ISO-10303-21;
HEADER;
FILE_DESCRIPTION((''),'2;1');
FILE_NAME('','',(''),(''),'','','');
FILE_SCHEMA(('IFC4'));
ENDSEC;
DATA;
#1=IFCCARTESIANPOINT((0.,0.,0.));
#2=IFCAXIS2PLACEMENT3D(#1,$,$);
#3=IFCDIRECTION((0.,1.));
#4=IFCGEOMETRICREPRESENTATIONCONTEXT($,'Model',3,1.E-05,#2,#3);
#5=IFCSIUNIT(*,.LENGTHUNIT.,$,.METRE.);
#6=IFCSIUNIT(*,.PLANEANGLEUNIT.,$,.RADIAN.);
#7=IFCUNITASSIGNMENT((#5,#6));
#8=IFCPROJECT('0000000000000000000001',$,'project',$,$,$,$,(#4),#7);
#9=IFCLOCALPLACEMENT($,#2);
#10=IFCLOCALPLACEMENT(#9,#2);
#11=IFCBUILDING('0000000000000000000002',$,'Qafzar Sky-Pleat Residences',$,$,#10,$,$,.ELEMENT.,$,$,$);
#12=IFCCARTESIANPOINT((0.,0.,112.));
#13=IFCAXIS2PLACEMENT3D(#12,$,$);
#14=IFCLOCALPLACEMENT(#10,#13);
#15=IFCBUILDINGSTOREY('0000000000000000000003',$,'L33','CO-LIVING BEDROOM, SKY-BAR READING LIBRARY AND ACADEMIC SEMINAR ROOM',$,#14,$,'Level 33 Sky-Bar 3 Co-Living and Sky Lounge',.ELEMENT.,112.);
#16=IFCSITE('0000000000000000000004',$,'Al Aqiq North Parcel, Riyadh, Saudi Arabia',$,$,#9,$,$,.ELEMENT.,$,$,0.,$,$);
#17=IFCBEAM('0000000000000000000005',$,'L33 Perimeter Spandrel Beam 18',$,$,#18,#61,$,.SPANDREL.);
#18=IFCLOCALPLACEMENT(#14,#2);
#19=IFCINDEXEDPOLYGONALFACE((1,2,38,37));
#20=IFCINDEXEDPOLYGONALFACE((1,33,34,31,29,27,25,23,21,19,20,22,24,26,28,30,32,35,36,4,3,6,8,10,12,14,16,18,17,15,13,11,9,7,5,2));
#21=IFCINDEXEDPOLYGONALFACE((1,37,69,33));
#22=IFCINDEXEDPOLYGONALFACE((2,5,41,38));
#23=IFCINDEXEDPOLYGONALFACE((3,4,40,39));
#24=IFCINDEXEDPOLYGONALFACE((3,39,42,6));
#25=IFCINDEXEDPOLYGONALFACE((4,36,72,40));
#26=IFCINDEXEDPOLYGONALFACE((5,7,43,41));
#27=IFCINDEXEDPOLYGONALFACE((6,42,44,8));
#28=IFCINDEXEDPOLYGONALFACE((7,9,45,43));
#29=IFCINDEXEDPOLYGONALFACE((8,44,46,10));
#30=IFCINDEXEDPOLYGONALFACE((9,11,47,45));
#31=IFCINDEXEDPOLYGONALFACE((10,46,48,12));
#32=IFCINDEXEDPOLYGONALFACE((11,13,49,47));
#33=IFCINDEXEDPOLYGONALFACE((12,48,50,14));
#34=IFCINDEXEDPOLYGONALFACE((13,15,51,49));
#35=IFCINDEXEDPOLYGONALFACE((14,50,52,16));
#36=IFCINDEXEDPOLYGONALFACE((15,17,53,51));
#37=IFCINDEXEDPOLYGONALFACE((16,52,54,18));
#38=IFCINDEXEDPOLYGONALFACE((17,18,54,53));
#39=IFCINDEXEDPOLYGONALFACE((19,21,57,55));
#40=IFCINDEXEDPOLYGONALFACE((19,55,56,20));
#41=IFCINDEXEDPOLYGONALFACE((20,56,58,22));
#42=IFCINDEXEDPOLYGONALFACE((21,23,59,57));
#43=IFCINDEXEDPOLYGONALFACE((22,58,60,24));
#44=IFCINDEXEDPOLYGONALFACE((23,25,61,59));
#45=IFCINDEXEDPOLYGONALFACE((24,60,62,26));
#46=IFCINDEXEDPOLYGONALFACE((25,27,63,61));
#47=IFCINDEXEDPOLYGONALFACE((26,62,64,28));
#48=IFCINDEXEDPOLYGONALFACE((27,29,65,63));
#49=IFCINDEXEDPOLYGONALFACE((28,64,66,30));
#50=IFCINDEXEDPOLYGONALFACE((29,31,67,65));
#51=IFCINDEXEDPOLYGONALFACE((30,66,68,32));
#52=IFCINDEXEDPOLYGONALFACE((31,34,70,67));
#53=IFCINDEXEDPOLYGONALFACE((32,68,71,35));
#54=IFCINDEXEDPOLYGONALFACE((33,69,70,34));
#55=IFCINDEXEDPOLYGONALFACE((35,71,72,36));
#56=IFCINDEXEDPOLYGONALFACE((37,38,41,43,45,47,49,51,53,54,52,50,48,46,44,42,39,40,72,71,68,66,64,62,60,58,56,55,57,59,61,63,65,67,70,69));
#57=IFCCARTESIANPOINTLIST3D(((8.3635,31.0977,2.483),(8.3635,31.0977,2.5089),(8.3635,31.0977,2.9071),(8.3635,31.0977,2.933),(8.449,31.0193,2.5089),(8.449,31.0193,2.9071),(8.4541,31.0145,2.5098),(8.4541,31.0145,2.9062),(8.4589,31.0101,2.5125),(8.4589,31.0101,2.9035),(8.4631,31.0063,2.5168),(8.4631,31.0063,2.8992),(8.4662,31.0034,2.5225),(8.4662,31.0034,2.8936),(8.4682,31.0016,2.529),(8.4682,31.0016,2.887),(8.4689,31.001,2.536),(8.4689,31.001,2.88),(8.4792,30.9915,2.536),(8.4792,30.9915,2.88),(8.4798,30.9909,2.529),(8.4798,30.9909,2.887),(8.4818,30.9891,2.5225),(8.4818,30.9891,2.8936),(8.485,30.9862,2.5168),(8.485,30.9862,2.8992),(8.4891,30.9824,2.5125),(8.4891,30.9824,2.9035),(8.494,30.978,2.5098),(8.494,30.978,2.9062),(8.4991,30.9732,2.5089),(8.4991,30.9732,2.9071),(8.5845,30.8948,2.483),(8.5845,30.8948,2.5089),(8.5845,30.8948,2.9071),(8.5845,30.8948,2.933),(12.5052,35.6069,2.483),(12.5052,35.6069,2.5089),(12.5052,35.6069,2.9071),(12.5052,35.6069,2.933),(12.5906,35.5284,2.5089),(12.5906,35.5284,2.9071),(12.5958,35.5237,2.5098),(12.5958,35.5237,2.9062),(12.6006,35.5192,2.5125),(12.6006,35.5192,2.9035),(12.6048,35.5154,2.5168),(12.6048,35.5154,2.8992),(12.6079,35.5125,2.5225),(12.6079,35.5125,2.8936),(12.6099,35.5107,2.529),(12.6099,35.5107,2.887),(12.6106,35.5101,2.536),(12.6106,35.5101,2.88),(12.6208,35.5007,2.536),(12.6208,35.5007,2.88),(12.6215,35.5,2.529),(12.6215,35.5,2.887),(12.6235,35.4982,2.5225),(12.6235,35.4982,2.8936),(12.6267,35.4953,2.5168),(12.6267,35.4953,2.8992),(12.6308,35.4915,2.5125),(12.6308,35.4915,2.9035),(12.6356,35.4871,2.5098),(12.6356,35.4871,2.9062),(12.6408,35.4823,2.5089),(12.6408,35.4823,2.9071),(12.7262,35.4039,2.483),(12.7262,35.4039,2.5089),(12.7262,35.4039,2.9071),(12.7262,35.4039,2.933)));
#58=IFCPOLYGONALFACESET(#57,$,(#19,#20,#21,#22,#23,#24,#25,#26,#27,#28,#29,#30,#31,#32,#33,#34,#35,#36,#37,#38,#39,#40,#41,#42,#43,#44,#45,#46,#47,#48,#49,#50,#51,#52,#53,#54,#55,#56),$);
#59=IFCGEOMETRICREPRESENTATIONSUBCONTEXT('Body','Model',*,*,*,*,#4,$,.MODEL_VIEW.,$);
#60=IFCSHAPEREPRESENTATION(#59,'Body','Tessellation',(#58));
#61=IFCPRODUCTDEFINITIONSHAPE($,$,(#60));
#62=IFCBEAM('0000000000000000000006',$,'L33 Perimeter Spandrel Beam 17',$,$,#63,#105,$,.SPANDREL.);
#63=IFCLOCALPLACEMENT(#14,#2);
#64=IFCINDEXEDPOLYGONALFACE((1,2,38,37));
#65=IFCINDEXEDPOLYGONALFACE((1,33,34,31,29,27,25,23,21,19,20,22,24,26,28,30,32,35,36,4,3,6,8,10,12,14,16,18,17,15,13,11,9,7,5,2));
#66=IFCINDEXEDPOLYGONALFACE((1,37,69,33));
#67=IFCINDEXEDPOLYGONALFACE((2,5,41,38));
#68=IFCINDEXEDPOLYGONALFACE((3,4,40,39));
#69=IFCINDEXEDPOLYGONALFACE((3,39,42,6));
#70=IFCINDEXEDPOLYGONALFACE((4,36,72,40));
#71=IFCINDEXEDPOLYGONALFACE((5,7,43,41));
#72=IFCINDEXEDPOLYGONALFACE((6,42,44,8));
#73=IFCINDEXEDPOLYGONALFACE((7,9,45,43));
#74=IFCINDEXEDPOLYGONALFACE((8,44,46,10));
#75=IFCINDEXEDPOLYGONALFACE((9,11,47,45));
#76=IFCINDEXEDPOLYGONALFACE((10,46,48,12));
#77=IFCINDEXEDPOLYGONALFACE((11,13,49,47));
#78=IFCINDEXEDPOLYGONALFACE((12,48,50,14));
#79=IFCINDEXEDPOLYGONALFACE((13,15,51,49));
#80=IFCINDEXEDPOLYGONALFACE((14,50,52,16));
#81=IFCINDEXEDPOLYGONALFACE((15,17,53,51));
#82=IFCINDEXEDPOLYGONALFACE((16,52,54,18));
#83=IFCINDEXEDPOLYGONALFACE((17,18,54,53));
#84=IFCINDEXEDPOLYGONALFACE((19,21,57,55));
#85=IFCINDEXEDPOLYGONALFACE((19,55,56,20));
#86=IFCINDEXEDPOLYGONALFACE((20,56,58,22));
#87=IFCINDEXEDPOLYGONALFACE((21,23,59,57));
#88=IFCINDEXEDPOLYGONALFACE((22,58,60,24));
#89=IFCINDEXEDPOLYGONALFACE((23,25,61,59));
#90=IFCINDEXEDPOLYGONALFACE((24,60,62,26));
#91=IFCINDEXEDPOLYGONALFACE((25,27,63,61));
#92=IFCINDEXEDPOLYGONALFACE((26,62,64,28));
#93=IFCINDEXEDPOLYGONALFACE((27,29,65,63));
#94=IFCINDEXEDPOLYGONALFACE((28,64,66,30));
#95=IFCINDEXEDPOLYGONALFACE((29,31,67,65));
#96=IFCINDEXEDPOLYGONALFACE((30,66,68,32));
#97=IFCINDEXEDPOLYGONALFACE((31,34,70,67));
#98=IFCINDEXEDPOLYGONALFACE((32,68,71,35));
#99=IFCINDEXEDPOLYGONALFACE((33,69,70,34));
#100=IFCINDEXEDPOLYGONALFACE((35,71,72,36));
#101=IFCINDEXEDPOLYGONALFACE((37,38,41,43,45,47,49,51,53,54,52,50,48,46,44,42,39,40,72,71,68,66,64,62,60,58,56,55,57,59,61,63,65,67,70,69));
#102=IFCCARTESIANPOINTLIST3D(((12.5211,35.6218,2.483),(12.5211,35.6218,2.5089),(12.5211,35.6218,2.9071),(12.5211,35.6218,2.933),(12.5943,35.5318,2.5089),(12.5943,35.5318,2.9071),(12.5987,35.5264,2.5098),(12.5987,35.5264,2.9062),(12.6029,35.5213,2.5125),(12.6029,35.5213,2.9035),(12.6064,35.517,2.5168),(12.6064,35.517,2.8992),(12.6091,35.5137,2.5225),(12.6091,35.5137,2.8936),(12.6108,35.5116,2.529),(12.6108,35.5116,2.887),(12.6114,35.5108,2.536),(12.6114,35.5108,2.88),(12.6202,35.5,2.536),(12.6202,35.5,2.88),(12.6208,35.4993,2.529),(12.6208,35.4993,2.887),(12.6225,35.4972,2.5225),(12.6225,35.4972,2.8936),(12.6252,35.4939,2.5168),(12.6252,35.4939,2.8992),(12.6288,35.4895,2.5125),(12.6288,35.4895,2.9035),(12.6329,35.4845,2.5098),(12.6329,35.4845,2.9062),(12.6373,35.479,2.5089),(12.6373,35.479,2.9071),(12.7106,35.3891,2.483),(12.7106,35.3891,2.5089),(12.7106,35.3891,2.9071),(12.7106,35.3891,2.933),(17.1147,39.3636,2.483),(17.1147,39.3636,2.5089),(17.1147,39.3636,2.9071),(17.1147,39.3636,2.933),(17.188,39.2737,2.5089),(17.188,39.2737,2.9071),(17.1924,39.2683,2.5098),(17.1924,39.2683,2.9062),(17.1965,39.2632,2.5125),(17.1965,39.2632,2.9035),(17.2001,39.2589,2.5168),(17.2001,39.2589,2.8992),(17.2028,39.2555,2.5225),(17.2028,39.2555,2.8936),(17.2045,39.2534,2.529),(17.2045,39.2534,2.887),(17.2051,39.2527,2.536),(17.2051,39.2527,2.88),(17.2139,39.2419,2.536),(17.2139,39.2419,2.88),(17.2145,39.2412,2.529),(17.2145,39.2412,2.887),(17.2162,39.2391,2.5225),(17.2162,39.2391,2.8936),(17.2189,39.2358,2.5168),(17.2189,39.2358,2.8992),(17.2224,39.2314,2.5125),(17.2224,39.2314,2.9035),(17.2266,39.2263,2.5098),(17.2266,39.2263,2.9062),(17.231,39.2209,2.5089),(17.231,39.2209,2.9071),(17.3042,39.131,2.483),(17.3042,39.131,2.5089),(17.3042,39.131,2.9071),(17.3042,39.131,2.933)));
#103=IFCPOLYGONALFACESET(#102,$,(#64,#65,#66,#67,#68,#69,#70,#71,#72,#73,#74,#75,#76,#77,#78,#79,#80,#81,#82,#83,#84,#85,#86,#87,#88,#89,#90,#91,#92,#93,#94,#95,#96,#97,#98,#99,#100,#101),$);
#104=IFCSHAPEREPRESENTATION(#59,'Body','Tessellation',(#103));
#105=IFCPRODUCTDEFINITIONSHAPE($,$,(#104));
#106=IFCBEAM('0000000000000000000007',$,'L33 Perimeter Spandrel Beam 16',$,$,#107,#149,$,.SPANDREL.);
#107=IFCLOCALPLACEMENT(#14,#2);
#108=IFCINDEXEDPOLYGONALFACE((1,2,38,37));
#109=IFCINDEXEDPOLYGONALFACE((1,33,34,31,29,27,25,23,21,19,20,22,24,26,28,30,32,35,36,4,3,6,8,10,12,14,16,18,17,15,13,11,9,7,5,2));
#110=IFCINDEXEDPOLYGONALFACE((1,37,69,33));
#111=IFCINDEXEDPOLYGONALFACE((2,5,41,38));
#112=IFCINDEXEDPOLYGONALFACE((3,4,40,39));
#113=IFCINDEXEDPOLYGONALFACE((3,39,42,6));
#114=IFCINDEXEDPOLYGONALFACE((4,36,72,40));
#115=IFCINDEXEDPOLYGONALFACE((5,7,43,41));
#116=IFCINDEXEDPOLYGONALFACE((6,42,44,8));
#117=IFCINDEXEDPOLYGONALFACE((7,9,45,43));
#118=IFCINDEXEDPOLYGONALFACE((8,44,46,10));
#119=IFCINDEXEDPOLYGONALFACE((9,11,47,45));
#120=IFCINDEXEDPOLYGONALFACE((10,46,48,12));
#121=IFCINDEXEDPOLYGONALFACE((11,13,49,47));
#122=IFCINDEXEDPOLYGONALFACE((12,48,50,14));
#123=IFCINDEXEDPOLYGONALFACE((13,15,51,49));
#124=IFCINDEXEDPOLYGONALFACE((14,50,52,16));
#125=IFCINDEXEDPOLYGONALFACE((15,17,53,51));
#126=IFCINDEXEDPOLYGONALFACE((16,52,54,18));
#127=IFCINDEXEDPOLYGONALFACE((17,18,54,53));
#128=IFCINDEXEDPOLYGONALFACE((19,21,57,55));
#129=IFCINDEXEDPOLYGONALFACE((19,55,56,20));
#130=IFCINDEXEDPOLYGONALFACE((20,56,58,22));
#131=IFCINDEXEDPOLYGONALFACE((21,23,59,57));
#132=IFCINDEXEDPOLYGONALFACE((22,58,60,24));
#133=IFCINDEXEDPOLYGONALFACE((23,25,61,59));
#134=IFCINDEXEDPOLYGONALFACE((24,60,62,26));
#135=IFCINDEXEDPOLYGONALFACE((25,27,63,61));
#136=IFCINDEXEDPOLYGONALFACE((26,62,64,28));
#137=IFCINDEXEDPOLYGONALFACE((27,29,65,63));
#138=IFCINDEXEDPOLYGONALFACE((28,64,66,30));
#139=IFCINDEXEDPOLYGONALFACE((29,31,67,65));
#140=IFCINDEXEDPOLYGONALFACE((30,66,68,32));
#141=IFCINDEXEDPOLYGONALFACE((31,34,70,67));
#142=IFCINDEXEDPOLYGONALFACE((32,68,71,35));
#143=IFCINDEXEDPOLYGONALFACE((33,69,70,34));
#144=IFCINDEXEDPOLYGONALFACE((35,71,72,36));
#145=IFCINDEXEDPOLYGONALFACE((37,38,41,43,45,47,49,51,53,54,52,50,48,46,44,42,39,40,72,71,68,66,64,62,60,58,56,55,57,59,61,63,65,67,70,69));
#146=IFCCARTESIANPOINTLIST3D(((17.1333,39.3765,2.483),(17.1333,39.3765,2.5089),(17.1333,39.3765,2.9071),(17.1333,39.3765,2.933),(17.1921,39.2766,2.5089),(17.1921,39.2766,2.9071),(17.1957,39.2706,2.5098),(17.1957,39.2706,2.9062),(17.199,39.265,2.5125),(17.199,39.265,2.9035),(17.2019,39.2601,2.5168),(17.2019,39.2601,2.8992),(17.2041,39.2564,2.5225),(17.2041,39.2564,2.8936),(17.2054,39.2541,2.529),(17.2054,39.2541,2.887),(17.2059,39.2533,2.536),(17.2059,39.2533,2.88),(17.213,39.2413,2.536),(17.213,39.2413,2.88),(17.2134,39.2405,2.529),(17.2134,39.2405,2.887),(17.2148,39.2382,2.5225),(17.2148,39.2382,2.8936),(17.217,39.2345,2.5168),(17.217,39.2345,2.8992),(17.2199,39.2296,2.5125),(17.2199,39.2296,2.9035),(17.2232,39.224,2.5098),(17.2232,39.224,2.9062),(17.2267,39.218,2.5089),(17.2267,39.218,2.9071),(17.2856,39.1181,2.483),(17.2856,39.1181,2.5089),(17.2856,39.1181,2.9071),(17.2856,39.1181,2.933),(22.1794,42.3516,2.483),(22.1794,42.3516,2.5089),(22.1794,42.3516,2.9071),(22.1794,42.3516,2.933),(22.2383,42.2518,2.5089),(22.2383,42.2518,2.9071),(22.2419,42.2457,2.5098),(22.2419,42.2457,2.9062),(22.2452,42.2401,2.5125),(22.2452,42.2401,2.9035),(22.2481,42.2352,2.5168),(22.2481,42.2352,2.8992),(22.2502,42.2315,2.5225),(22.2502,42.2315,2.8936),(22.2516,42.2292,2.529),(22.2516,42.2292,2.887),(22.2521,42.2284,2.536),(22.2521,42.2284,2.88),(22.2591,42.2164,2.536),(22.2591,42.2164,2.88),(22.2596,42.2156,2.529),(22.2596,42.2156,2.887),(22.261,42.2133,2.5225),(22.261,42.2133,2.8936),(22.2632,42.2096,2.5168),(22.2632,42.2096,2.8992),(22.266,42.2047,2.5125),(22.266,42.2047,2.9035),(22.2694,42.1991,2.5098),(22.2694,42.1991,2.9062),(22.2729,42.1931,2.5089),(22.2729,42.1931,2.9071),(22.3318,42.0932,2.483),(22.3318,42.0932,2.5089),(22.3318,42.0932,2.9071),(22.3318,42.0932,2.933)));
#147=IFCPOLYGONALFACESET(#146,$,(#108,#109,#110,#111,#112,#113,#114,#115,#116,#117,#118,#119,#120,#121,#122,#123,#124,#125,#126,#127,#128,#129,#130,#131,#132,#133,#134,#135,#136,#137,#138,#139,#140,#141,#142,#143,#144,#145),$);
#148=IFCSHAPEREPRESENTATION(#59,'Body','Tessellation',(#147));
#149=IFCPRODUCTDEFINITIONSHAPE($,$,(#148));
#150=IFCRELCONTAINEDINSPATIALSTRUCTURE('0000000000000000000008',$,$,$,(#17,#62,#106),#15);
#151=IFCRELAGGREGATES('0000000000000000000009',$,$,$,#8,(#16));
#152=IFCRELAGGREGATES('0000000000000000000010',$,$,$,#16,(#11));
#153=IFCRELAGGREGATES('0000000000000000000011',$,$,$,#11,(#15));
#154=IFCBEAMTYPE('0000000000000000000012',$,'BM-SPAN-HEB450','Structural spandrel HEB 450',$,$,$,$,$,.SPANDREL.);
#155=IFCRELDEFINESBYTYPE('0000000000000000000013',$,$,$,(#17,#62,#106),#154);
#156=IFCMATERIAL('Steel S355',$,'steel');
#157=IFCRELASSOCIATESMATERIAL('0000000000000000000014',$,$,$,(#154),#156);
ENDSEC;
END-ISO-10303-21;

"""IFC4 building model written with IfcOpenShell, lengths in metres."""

from ifc_helpers import new_model, si_unit, direction, frame, origin, origin_2d, place, context, subcontext, project, spatial, i_section, extrude, source, transform, mapped, material, material_profile, profile_set, type_object, element, save


model = new_model("IFC4")

# Units and contexts
model_context = context("Model", 3, precision=1e-05, world=origin(), true_north=direction((0.0, 1.0)))
body_context = subcontext(model_context, "Body", "Model", "MODEL_VIEW")
ifc_project = project(units=[si_unit("LENGTHUNIT", "METRE"), si_unit("PLANEANGLEUNIT", "RADIAN")], contexts=[model_context])

# Site, building, storey
site_placement = place(None, origin())
site = spatial("IfcSite", under=ifc_project, at=site_placement, Name="Al Aqiq North Parcel, Riyadh, Saudi Arabia", CompositionType="ELEMENT", RefElevation=0.0)
building_placement = place(site_placement, origin())
building = spatial("IfcBuilding", under=site, at=building_placement, Name="Qafzar Sky-Pleat Residences", CompositionType="ELEMENT")
storey_placement = place(building_placement, frame((0.0, 0.0, 112.0)))
storey = spatial("IfcBuildingStorey", under=building, at=storey_placement, Name="L33", Description="CO-LIVING BEDROOM, SKY-BAR READING LIBRARY AND ACADEMIC SEMINAR ROOM", LongName="Level 33 Sky-Bar 3 Co-Living and Sky Lounge", CompositionType="ELEMENT", Elevation=112.0)

# Beams
ifc_material_1 = material(Name="Steel S355", Category="steel")
ifc_material_profile_1 = material_profile(ifc_material_1, i_section(OverallWidth=0.3, OverallDepth=0.45, WebThickness=0.0139, FlangeThickness=0.0259, FilletRadius=0.0271, at=origin_2d()), Name="HEB 450")
ifc_profile_set_1 = profile_set([ifc_material_profile_1], Name="Steel S355")
beam_type_1 = type_object("IfcBeamType", Name="BM-SPAN-HEB450", Description="Structural spandrel HEB 450", PredefinedType="SPANDREL", material=ifc_profile_set_1)
shared_shape_1 = source(origin(), body_context, "Body", "SweptSolid", [
    extrude(i_section(OverallWidth=0.3, OverallDepth=0.45, WebThickness=0.0139, FlangeThickness=0.0259, FilletRadius=0.0271, at=origin_2d()), origin(), (0.0, 0.0, 1.0), 6.1226),
])
beam_1_placement = place(storey_placement, frame((12.6157, 35.5054, 2.708), z_axis=(-0.676463, -0.736477, 0.0), x_axis=(0.736477, -0.676463, 0.0)))
element("IfcBeam", 1, at=beam_1_placement, inside=storey, type_object=beam_type_1, Name="L33 Perimeter Spandrel Beam 18", PredefinedType="SPANDREL", context=body_context, shape_type="MappedRepresentation", body=[
    mapped(shared_shape_1, transform((0.0, 0.0, 0.0), x_axis=(1.0, 0.0, 0.0), y_axis=(0.0, 1.0, 0.0), z_axis=(0.0, 0.0, 1.0), scale=1.0)),
])
shared_shape_2 = source(origin(), body_context, "Body", "SweptSolid", [
    extrude(i_section(OverallWidth=0.3, OverallDepth=0.45, WebThickness=0.0139, FlangeThickness=0.0259, FilletRadius=0.0271, at=origin_2d()), origin(), (0.0, 0.0, 1.0), 5.9248),
])
beam_2_placement = place(storey_placement, frame((17.2095, 39.2473, 2.708), z_axis=(-0.775327, -0.63156, 0.0), x_axis=(0.63156, -0.775327, 0.0)))
element("IfcBeam", 2, at=beam_2_placement, inside=storey, type_object=beam_type_1, Name="L33 Perimeter Spandrel Beam 17", PredefinedType="SPANDREL", context=body_context, shape_type="MappedRepresentation", body=[
    mapped(shared_shape_2, transform((0.0, 0.0, 0.0), x_axis=(1.0, 0.0, 0.0), y_axis=(0.0, 1.0, 0.0), z_axis=(0.0, 0.0, 1.0), scale=1.0)),
])
shared_shape_3 = source(origin(), body_context, "Body", "SweptSolid", [
    extrude(i_section(OverallWidth=0.3, OverallDepth=0.45, WebThickness=0.0139, FlangeThickness=0.0259, FilletRadius=0.0271, at=origin_2d()), origin(), (0.0, 0.0, 1.0), 5.8579),
])
beam_3_placement = place(storey_placement, frame((22.2556, 42.2224, 2.708), z_axis=(-0.861428, -0.50788, 0.0), x_axis=(0.50788, -0.861428, 0.0)))
element("IfcBeam", 3, at=beam_3_placement, inside=storey, type_object=beam_type_1, Name="L33 Perimeter Spandrel Beam 16", PredefinedType="SPANDREL", context=body_context, shape_type="MappedRepresentation", body=[
    mapped(shared_shape_3, transform((0.0, 0.0, 0.0), x_axis=(1.0, 0.0, 0.0), y_axis=(0.0, 1.0, 0.0), z_axis=(0.0, 0.0, 1.0), scale=1.0)),
])

save(model, "model.ifc")
